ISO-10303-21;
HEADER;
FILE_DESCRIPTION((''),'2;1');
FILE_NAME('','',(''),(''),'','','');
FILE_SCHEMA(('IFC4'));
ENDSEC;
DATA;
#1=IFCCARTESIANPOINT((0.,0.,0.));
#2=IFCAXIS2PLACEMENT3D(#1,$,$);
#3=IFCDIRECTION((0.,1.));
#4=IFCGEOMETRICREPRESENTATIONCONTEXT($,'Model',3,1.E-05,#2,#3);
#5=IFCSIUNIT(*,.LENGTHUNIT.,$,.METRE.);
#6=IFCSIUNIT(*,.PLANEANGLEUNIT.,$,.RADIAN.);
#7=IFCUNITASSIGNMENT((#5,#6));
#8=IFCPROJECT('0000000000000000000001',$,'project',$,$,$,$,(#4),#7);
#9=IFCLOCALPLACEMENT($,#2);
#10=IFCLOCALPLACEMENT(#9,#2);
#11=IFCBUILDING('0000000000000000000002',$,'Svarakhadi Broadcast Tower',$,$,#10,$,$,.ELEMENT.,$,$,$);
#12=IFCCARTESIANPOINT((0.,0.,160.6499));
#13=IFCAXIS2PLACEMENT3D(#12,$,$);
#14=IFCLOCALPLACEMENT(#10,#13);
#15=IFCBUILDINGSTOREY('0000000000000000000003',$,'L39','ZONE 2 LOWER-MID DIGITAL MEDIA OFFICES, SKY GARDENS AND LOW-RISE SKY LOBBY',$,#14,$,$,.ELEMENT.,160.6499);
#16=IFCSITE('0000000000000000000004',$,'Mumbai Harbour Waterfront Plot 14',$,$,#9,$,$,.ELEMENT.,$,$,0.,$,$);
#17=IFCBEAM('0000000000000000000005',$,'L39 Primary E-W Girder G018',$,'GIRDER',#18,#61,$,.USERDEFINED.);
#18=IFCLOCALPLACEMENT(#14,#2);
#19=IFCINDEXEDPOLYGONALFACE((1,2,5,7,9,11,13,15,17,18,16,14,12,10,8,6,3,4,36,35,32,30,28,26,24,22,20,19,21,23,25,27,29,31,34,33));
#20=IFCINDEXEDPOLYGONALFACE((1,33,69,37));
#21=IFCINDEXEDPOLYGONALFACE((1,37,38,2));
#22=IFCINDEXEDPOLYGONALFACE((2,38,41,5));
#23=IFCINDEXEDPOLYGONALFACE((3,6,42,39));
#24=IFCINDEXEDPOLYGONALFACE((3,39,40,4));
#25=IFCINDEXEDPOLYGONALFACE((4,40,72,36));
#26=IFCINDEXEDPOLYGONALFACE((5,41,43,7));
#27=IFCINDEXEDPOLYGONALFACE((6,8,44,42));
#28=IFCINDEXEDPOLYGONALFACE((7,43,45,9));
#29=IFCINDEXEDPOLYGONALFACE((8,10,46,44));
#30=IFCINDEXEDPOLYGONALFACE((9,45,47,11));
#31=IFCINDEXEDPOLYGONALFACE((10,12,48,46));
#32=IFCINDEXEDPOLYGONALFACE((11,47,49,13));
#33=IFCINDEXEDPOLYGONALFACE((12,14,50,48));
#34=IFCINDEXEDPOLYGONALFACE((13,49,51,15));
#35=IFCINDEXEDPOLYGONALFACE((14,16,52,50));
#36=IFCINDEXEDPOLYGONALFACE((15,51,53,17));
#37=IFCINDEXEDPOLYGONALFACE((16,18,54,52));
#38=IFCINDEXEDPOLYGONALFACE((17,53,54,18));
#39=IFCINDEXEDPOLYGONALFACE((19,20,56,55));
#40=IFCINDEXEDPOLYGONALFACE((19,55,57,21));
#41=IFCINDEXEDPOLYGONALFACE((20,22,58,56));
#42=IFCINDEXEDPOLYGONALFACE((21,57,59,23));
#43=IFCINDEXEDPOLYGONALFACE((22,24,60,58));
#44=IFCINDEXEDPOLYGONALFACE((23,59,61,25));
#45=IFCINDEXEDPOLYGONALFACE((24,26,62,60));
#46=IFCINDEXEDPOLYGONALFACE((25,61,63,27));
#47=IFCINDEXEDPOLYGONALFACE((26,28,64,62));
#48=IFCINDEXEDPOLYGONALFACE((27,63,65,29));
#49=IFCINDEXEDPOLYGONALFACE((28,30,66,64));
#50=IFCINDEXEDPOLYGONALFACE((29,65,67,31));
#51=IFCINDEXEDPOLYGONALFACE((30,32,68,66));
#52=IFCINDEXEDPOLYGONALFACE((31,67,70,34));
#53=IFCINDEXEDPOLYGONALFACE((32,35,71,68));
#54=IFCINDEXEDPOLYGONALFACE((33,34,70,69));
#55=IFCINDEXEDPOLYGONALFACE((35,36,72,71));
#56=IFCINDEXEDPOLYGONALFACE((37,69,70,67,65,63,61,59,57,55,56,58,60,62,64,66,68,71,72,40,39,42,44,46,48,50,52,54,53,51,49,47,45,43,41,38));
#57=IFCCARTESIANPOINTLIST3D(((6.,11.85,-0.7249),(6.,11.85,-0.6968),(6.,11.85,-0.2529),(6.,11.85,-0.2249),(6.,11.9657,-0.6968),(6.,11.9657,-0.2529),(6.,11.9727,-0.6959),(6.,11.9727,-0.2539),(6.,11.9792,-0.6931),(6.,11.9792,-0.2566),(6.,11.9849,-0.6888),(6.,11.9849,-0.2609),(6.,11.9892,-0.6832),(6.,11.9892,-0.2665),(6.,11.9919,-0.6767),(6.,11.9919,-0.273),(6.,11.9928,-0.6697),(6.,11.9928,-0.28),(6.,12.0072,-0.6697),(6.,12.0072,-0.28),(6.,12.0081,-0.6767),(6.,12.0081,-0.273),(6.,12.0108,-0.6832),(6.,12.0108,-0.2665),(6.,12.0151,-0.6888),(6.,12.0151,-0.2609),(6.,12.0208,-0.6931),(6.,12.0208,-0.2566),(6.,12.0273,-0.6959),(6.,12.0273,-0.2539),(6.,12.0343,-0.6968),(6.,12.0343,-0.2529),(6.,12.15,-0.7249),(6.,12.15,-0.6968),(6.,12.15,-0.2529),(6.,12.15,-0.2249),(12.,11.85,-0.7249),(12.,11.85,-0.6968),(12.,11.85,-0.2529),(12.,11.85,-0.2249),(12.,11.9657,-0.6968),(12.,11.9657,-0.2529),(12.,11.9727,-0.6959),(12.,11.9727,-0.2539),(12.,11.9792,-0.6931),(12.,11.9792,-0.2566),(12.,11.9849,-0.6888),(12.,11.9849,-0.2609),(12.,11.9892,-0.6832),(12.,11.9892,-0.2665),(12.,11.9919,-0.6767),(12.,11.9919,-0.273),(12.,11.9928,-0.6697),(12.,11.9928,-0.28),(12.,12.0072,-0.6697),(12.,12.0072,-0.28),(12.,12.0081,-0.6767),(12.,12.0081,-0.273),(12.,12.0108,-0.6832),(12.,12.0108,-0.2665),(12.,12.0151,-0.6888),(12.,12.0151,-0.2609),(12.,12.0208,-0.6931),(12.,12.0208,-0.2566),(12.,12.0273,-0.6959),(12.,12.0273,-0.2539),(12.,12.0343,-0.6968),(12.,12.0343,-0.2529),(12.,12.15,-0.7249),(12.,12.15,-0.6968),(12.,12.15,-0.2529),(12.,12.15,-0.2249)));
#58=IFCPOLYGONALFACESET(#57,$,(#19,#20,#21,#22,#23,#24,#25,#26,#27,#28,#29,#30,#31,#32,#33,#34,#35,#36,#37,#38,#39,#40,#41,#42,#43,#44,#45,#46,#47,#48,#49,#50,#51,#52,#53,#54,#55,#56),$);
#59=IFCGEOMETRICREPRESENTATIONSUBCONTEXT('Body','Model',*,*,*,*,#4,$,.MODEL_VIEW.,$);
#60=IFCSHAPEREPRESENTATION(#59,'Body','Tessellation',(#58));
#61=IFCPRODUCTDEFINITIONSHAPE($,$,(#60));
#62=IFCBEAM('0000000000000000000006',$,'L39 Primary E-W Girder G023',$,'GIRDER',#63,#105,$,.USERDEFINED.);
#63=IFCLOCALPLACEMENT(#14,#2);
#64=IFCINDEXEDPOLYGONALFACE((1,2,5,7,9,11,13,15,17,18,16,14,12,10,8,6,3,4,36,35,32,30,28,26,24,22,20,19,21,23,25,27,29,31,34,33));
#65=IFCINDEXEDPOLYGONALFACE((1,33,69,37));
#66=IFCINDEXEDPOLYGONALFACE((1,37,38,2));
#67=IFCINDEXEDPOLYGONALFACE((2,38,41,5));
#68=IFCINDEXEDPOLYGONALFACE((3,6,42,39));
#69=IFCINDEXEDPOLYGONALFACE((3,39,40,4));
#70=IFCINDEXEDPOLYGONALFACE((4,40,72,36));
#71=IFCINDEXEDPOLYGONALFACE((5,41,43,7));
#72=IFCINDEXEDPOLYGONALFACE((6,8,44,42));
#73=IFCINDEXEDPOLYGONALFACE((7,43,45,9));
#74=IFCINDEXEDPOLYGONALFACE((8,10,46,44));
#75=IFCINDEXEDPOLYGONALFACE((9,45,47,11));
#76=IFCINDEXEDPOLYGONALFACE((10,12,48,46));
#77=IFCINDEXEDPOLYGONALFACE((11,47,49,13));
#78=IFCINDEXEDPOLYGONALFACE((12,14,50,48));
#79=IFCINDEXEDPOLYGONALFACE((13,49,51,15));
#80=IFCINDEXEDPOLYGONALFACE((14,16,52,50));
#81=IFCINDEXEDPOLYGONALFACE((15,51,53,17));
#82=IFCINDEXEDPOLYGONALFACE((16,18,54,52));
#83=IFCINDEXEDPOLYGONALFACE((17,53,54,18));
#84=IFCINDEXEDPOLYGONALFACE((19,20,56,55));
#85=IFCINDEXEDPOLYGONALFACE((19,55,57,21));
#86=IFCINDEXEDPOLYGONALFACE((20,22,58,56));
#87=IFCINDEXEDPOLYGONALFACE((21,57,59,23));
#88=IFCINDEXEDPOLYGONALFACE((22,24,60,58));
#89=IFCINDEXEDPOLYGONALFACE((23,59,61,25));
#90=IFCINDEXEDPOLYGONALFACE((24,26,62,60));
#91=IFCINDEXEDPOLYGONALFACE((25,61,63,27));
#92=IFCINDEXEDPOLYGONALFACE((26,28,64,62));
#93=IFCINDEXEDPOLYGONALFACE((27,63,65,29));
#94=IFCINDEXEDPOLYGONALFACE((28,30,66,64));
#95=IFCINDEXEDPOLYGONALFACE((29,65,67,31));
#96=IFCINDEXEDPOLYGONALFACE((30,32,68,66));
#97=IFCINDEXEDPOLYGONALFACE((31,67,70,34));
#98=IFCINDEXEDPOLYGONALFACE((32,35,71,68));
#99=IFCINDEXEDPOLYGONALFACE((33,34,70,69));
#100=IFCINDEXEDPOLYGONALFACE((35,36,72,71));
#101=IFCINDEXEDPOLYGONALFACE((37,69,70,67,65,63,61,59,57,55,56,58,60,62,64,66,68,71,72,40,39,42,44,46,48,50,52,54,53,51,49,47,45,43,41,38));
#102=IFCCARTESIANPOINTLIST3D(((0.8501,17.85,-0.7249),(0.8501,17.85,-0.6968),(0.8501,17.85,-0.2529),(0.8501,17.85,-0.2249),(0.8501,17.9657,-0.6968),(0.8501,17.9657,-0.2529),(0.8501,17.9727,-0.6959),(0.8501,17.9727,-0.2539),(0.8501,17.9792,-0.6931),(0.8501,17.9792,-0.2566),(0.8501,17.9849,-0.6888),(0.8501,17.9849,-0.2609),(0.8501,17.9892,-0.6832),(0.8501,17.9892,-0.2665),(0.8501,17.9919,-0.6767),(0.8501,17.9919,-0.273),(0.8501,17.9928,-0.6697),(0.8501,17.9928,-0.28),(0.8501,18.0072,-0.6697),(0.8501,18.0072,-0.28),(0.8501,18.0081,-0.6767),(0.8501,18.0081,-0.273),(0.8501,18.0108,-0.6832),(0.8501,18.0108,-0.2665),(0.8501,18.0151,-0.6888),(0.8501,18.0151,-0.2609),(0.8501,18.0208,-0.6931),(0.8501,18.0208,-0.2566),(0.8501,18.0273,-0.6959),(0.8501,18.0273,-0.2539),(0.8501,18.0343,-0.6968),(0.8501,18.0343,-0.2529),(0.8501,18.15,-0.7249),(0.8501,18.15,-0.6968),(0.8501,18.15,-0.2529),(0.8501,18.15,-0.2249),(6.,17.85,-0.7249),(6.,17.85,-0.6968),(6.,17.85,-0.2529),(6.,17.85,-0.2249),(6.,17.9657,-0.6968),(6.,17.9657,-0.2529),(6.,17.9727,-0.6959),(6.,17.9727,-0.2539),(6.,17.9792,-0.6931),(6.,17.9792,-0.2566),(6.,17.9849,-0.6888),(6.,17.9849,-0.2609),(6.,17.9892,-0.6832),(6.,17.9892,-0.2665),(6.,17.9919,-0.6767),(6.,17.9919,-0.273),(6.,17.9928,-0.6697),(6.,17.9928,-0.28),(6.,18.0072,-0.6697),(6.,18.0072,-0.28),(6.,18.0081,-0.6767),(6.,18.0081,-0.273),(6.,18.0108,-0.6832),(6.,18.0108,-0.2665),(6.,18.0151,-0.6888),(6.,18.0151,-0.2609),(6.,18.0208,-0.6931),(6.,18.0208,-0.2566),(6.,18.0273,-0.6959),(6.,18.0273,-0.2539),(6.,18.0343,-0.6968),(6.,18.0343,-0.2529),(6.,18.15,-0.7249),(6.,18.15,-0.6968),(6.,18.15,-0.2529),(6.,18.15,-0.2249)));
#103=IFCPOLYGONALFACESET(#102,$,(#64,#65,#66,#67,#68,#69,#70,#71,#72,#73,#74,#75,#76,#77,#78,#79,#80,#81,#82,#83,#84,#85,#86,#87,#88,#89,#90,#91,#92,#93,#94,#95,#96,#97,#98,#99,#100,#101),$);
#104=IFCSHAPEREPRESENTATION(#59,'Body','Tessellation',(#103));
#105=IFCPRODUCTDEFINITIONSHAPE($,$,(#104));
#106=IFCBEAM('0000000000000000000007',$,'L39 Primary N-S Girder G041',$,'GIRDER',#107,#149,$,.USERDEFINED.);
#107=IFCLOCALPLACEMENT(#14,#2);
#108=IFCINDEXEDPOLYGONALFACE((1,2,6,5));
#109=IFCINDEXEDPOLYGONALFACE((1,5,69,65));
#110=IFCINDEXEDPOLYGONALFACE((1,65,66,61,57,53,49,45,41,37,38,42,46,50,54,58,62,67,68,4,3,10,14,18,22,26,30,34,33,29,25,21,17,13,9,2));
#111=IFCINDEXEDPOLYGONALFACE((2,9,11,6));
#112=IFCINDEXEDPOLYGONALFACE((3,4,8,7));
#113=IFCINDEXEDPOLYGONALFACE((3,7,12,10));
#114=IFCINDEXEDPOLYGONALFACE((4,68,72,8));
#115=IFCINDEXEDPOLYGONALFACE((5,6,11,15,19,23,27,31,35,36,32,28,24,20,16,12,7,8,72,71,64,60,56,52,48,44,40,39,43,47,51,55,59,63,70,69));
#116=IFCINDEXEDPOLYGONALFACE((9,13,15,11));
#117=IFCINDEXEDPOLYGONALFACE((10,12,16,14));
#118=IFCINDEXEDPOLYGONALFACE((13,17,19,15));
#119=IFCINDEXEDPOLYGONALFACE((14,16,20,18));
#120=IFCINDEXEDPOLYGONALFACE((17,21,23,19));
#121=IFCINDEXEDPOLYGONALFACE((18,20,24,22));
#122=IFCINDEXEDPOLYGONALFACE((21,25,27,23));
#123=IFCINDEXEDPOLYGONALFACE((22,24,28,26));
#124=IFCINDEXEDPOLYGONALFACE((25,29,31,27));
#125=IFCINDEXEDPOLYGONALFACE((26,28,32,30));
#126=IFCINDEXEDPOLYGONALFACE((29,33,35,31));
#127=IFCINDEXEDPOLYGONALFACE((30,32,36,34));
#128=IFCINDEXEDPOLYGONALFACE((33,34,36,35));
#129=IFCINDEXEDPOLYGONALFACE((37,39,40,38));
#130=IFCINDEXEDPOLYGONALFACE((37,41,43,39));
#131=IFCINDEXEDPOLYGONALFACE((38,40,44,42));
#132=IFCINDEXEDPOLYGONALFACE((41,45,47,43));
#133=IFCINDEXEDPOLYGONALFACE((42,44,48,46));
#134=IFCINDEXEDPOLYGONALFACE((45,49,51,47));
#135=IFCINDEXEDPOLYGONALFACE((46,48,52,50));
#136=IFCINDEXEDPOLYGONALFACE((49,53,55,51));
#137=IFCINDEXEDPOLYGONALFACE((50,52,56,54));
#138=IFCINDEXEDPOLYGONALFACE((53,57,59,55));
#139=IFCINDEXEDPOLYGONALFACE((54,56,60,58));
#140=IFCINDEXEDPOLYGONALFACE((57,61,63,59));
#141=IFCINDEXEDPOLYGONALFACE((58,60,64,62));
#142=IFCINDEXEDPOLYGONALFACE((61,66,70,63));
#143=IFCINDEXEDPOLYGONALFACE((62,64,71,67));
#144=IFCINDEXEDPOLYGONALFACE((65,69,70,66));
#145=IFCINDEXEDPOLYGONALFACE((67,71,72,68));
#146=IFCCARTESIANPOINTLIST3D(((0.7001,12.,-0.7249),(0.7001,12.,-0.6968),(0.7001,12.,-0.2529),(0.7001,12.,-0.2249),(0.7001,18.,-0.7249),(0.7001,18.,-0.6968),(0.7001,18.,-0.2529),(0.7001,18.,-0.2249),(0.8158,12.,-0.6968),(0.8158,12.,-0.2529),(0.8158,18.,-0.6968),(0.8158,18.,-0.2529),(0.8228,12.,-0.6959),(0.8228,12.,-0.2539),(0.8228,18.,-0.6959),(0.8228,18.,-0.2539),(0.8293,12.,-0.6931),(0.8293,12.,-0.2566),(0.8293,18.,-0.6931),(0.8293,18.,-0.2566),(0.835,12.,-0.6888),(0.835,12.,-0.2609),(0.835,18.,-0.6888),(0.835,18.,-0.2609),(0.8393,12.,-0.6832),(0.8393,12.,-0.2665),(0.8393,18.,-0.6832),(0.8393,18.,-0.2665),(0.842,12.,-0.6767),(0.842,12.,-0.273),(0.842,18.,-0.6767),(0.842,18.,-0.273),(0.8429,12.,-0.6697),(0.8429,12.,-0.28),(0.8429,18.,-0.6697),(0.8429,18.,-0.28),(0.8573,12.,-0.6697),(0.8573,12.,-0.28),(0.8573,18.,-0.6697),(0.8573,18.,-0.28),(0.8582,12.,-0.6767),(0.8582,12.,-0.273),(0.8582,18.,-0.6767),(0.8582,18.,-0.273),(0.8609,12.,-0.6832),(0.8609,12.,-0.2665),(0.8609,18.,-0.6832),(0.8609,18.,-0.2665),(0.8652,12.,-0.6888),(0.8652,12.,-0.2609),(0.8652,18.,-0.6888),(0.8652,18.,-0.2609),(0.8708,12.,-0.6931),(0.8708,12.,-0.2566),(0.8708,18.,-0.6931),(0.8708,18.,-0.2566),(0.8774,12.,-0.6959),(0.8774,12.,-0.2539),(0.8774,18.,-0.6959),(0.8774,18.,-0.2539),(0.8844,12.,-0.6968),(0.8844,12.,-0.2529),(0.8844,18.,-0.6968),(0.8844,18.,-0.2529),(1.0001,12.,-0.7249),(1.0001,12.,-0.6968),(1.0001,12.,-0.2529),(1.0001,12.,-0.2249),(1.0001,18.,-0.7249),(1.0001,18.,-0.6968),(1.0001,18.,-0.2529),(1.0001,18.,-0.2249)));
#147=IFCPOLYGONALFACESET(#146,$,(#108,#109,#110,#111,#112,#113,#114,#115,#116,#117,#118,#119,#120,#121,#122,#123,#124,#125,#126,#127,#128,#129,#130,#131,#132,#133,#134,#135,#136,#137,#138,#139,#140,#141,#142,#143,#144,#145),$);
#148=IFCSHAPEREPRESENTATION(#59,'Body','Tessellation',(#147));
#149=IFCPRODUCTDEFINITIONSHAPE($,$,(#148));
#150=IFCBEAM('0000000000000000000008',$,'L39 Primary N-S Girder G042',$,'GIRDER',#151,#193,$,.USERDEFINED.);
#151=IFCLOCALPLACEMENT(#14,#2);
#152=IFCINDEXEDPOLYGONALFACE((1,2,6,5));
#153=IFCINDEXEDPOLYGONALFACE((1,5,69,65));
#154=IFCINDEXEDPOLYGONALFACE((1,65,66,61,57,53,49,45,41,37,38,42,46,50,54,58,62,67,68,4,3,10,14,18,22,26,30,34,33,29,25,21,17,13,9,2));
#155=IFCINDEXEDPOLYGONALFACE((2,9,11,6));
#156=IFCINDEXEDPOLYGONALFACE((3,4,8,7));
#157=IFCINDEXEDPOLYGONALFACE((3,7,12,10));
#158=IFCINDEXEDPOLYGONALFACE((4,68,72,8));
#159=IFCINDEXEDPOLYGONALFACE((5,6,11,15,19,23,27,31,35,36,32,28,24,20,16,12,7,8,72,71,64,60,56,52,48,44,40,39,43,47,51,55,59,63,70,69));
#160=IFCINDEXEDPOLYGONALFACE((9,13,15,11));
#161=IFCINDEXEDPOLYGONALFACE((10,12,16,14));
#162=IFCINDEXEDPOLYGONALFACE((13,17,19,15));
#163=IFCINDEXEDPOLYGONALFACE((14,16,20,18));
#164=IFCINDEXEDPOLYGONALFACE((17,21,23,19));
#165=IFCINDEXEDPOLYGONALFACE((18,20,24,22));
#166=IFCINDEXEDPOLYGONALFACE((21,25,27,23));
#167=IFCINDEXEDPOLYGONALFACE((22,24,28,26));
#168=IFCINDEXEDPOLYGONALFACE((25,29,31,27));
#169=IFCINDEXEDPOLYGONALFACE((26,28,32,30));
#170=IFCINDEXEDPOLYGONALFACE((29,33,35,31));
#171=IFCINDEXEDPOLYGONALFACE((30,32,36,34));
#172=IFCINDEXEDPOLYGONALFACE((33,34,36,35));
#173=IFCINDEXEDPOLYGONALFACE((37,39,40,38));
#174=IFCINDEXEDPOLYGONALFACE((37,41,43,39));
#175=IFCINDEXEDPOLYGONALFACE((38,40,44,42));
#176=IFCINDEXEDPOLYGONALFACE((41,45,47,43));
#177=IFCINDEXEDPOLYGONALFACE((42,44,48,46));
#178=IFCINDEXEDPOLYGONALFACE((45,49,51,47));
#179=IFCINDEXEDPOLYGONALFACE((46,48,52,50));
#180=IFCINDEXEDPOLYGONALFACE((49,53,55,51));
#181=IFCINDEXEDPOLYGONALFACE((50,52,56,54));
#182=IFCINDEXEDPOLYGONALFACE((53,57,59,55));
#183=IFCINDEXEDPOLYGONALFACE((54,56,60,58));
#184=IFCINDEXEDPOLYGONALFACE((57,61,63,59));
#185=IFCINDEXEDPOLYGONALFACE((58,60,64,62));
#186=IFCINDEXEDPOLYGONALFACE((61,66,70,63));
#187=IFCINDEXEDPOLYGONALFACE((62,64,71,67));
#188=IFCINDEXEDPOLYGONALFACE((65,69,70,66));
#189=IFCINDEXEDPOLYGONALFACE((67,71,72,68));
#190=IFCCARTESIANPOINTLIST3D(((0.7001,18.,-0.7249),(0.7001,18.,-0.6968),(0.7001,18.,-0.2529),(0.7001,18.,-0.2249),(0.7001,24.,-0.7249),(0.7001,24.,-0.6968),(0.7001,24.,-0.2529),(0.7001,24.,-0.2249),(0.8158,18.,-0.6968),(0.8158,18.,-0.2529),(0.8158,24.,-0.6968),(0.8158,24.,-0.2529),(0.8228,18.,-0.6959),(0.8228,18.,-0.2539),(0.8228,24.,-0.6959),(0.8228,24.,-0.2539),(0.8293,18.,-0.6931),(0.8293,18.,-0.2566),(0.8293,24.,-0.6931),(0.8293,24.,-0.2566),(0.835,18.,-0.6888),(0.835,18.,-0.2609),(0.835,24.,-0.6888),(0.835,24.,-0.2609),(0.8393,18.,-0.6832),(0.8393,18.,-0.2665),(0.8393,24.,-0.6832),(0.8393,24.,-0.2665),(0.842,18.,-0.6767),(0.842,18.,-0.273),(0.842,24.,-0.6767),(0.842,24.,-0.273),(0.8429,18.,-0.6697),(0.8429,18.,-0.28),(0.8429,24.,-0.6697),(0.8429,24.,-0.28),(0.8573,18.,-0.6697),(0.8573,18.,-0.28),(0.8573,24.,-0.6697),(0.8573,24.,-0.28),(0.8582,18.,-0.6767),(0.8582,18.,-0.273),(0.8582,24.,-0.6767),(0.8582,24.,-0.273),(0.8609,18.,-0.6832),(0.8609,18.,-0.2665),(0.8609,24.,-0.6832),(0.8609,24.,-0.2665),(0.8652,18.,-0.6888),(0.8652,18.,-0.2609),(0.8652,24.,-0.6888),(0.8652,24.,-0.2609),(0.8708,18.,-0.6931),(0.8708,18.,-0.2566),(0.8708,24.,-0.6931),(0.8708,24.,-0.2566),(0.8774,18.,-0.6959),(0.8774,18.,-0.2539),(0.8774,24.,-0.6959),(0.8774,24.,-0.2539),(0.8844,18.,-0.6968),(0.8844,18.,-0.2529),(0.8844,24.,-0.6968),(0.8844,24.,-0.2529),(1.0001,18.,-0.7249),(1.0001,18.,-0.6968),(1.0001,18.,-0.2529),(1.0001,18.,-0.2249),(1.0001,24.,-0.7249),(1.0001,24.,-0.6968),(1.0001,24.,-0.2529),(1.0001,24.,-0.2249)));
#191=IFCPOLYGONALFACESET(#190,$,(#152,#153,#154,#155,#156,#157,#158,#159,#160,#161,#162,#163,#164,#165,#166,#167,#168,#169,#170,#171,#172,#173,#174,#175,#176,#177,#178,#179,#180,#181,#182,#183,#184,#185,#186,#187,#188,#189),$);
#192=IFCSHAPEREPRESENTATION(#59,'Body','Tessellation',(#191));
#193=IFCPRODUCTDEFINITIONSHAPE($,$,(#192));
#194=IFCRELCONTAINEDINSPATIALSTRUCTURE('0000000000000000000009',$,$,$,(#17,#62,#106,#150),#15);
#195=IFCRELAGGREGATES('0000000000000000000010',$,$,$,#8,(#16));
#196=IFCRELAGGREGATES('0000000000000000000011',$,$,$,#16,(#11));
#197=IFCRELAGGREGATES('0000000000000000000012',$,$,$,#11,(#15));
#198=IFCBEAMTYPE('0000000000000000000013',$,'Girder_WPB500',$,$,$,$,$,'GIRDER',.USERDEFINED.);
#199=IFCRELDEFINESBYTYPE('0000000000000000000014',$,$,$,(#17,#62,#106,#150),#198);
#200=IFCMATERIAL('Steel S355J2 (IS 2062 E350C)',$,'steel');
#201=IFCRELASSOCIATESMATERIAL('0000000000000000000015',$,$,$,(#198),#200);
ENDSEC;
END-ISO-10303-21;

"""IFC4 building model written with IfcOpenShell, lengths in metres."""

from ifc_helpers import new_model, si_unit, direction, frame, origin, origin_2d, place, context, subcontext, project, spatial, i_section, extrude, material, material_profile, profile_set, type_object, element, save


model = new_model("IFC4")

# Units and contexts
model_context = context("Model", 3, precision=1e-05, world=origin(), true_north=direction((0.0, 1.0)))
body_context = subcontext(model_context, "Body", "Model", "MODEL_VIEW")
ifc_project = project(units=[si_unit("LENGTHUNIT", "METRE"), si_unit("PLANEANGLEUNIT", "RADIAN")], contexts=[model_context])

# Site, building, storey
site_placement = place(None, origin())
site = spatial("IfcSite", under=ifc_project, at=site_placement, Name="Mumbai Harbour Waterfront Plot 14", CompositionType="ELEMENT", RefElevation=0.0)
building_placement = place(site_placement, origin())
building = spatial("IfcBuilding", under=site, at=building_placement, Name="Svarakhadi Broadcast Tower", CompositionType="ELEMENT")
storey_placement = place(building_placement, frame((0.0, 0.0, 160.6499)))
storey = spatial("IfcBuildingStorey", under=building, at=storey_placement, Name="L39", Description="ZONE 2 LOWER-MID DIGITAL MEDIA OFFICES, SKY GARDENS AND LOW-RISE SKY LOBBY", CompositionType="ELEMENT", Elevation=160.6499)

# Shared definitions
ifc_material_1 = material(Name="Steel S355J2 (IS 2062 E350C)", Category="steel")

# Beams
ifc_material_profile_1 = material_profile(ifc_material_1, i_section(OverallWidth=0.3, OverallDepth=0.5, WebThickness=0.0144, FlangeThickness=0.0281, FilletRadius=0.0271, at=origin_2d()), Name="WPB 500x300x187")
ifc_profile_set_1 = profile_set([ifc_material_profile_1], Name="Steel S355J2 (IS 2062 E350C)")
beam_type_1 = type_object("IfcBeamType", Name="Girder_WPB500", ElementType="GIRDER", PredefinedType="USERDEFINED", material=ifc_profile_set_1)
beam_1_placement = place(storey_placement, frame((6.0, 12.0, -0.4749), z_axis=(1.0, 0.0, 0.0), x_axis=(0.0, 1.0, 0.0)))
element("IfcBeam", 1, at=beam_1_placement, inside=storey, type_object=beam_type_1, Name="L39 Primary E-W Girder G018", ObjectType="GIRDER", PredefinedType="USERDEFINED", context=body_context, shape_type="SweptSolid", body=[
    extrude(i_section(OverallWidth=0.3, OverallDepth=0.5, WebThickness=0.0144, FlangeThickness=0.0281, FilletRadius=0.0271, at=origin_2d()), origin(), (0.0, 0.0, 1.0), 6.0),
])
beam_2_placement = place(storey_placement, frame((0.8501, 18.0, -0.4749), z_axis=(1.0, 0.0, 0.0), x_axis=(0.0, 1.0, 0.0)))
element("IfcBeam", 2, at=beam_2_placement, inside=storey, type_object=beam_type_1, Name="L39 Primary E-W Girder G023", ObjectType="GIRDER", PredefinedType="USERDEFINED", context=body_context, shape_type="SweptSolid", body=[
    extrude(i_section(OverallWidth=0.3, OverallDepth=0.5, WebThickness=0.0144, FlangeThickness=0.0281, FilletRadius=0.0271, at=origin_2d()), origin(), (0.0, 0.0, 1.0), 5.1499),
])
for number, where, z_axis, x_axis, name in (
    (3, (0.8501, 12.0, -0.4749), (0.0, 1.0, 0.0), (-1.0, 0.0, 0.0), "L39 Primary N-S Girder G041"),
    (4, (0.8501, 18.0, -0.4749), (0.0, 1.0, 0.0), (-1.0, 0.0, 0.0), "L39 Primary N-S Girder G042"),
):
    element("IfcBeam", number, at=place(storey_placement, frame(where, z_axis=z_axis, x_axis=x_axis)), inside=storey, type_object=beam_type_1, Name=name, ObjectType="GIRDER", PredefinedType="USERDEFINED", context=body_context, shape_type="SweptSolid", body=[
        extrude(i_section(OverallWidth=0.3, OverallDepth=0.5, WebThickness=0.0144, FlangeThickness=0.0281, FilletRadius=0.0271, at=origin_2d()), origin(), (0.0, 0.0, 1.0), 6.0),
    ])

save(model, "model.ifc")
